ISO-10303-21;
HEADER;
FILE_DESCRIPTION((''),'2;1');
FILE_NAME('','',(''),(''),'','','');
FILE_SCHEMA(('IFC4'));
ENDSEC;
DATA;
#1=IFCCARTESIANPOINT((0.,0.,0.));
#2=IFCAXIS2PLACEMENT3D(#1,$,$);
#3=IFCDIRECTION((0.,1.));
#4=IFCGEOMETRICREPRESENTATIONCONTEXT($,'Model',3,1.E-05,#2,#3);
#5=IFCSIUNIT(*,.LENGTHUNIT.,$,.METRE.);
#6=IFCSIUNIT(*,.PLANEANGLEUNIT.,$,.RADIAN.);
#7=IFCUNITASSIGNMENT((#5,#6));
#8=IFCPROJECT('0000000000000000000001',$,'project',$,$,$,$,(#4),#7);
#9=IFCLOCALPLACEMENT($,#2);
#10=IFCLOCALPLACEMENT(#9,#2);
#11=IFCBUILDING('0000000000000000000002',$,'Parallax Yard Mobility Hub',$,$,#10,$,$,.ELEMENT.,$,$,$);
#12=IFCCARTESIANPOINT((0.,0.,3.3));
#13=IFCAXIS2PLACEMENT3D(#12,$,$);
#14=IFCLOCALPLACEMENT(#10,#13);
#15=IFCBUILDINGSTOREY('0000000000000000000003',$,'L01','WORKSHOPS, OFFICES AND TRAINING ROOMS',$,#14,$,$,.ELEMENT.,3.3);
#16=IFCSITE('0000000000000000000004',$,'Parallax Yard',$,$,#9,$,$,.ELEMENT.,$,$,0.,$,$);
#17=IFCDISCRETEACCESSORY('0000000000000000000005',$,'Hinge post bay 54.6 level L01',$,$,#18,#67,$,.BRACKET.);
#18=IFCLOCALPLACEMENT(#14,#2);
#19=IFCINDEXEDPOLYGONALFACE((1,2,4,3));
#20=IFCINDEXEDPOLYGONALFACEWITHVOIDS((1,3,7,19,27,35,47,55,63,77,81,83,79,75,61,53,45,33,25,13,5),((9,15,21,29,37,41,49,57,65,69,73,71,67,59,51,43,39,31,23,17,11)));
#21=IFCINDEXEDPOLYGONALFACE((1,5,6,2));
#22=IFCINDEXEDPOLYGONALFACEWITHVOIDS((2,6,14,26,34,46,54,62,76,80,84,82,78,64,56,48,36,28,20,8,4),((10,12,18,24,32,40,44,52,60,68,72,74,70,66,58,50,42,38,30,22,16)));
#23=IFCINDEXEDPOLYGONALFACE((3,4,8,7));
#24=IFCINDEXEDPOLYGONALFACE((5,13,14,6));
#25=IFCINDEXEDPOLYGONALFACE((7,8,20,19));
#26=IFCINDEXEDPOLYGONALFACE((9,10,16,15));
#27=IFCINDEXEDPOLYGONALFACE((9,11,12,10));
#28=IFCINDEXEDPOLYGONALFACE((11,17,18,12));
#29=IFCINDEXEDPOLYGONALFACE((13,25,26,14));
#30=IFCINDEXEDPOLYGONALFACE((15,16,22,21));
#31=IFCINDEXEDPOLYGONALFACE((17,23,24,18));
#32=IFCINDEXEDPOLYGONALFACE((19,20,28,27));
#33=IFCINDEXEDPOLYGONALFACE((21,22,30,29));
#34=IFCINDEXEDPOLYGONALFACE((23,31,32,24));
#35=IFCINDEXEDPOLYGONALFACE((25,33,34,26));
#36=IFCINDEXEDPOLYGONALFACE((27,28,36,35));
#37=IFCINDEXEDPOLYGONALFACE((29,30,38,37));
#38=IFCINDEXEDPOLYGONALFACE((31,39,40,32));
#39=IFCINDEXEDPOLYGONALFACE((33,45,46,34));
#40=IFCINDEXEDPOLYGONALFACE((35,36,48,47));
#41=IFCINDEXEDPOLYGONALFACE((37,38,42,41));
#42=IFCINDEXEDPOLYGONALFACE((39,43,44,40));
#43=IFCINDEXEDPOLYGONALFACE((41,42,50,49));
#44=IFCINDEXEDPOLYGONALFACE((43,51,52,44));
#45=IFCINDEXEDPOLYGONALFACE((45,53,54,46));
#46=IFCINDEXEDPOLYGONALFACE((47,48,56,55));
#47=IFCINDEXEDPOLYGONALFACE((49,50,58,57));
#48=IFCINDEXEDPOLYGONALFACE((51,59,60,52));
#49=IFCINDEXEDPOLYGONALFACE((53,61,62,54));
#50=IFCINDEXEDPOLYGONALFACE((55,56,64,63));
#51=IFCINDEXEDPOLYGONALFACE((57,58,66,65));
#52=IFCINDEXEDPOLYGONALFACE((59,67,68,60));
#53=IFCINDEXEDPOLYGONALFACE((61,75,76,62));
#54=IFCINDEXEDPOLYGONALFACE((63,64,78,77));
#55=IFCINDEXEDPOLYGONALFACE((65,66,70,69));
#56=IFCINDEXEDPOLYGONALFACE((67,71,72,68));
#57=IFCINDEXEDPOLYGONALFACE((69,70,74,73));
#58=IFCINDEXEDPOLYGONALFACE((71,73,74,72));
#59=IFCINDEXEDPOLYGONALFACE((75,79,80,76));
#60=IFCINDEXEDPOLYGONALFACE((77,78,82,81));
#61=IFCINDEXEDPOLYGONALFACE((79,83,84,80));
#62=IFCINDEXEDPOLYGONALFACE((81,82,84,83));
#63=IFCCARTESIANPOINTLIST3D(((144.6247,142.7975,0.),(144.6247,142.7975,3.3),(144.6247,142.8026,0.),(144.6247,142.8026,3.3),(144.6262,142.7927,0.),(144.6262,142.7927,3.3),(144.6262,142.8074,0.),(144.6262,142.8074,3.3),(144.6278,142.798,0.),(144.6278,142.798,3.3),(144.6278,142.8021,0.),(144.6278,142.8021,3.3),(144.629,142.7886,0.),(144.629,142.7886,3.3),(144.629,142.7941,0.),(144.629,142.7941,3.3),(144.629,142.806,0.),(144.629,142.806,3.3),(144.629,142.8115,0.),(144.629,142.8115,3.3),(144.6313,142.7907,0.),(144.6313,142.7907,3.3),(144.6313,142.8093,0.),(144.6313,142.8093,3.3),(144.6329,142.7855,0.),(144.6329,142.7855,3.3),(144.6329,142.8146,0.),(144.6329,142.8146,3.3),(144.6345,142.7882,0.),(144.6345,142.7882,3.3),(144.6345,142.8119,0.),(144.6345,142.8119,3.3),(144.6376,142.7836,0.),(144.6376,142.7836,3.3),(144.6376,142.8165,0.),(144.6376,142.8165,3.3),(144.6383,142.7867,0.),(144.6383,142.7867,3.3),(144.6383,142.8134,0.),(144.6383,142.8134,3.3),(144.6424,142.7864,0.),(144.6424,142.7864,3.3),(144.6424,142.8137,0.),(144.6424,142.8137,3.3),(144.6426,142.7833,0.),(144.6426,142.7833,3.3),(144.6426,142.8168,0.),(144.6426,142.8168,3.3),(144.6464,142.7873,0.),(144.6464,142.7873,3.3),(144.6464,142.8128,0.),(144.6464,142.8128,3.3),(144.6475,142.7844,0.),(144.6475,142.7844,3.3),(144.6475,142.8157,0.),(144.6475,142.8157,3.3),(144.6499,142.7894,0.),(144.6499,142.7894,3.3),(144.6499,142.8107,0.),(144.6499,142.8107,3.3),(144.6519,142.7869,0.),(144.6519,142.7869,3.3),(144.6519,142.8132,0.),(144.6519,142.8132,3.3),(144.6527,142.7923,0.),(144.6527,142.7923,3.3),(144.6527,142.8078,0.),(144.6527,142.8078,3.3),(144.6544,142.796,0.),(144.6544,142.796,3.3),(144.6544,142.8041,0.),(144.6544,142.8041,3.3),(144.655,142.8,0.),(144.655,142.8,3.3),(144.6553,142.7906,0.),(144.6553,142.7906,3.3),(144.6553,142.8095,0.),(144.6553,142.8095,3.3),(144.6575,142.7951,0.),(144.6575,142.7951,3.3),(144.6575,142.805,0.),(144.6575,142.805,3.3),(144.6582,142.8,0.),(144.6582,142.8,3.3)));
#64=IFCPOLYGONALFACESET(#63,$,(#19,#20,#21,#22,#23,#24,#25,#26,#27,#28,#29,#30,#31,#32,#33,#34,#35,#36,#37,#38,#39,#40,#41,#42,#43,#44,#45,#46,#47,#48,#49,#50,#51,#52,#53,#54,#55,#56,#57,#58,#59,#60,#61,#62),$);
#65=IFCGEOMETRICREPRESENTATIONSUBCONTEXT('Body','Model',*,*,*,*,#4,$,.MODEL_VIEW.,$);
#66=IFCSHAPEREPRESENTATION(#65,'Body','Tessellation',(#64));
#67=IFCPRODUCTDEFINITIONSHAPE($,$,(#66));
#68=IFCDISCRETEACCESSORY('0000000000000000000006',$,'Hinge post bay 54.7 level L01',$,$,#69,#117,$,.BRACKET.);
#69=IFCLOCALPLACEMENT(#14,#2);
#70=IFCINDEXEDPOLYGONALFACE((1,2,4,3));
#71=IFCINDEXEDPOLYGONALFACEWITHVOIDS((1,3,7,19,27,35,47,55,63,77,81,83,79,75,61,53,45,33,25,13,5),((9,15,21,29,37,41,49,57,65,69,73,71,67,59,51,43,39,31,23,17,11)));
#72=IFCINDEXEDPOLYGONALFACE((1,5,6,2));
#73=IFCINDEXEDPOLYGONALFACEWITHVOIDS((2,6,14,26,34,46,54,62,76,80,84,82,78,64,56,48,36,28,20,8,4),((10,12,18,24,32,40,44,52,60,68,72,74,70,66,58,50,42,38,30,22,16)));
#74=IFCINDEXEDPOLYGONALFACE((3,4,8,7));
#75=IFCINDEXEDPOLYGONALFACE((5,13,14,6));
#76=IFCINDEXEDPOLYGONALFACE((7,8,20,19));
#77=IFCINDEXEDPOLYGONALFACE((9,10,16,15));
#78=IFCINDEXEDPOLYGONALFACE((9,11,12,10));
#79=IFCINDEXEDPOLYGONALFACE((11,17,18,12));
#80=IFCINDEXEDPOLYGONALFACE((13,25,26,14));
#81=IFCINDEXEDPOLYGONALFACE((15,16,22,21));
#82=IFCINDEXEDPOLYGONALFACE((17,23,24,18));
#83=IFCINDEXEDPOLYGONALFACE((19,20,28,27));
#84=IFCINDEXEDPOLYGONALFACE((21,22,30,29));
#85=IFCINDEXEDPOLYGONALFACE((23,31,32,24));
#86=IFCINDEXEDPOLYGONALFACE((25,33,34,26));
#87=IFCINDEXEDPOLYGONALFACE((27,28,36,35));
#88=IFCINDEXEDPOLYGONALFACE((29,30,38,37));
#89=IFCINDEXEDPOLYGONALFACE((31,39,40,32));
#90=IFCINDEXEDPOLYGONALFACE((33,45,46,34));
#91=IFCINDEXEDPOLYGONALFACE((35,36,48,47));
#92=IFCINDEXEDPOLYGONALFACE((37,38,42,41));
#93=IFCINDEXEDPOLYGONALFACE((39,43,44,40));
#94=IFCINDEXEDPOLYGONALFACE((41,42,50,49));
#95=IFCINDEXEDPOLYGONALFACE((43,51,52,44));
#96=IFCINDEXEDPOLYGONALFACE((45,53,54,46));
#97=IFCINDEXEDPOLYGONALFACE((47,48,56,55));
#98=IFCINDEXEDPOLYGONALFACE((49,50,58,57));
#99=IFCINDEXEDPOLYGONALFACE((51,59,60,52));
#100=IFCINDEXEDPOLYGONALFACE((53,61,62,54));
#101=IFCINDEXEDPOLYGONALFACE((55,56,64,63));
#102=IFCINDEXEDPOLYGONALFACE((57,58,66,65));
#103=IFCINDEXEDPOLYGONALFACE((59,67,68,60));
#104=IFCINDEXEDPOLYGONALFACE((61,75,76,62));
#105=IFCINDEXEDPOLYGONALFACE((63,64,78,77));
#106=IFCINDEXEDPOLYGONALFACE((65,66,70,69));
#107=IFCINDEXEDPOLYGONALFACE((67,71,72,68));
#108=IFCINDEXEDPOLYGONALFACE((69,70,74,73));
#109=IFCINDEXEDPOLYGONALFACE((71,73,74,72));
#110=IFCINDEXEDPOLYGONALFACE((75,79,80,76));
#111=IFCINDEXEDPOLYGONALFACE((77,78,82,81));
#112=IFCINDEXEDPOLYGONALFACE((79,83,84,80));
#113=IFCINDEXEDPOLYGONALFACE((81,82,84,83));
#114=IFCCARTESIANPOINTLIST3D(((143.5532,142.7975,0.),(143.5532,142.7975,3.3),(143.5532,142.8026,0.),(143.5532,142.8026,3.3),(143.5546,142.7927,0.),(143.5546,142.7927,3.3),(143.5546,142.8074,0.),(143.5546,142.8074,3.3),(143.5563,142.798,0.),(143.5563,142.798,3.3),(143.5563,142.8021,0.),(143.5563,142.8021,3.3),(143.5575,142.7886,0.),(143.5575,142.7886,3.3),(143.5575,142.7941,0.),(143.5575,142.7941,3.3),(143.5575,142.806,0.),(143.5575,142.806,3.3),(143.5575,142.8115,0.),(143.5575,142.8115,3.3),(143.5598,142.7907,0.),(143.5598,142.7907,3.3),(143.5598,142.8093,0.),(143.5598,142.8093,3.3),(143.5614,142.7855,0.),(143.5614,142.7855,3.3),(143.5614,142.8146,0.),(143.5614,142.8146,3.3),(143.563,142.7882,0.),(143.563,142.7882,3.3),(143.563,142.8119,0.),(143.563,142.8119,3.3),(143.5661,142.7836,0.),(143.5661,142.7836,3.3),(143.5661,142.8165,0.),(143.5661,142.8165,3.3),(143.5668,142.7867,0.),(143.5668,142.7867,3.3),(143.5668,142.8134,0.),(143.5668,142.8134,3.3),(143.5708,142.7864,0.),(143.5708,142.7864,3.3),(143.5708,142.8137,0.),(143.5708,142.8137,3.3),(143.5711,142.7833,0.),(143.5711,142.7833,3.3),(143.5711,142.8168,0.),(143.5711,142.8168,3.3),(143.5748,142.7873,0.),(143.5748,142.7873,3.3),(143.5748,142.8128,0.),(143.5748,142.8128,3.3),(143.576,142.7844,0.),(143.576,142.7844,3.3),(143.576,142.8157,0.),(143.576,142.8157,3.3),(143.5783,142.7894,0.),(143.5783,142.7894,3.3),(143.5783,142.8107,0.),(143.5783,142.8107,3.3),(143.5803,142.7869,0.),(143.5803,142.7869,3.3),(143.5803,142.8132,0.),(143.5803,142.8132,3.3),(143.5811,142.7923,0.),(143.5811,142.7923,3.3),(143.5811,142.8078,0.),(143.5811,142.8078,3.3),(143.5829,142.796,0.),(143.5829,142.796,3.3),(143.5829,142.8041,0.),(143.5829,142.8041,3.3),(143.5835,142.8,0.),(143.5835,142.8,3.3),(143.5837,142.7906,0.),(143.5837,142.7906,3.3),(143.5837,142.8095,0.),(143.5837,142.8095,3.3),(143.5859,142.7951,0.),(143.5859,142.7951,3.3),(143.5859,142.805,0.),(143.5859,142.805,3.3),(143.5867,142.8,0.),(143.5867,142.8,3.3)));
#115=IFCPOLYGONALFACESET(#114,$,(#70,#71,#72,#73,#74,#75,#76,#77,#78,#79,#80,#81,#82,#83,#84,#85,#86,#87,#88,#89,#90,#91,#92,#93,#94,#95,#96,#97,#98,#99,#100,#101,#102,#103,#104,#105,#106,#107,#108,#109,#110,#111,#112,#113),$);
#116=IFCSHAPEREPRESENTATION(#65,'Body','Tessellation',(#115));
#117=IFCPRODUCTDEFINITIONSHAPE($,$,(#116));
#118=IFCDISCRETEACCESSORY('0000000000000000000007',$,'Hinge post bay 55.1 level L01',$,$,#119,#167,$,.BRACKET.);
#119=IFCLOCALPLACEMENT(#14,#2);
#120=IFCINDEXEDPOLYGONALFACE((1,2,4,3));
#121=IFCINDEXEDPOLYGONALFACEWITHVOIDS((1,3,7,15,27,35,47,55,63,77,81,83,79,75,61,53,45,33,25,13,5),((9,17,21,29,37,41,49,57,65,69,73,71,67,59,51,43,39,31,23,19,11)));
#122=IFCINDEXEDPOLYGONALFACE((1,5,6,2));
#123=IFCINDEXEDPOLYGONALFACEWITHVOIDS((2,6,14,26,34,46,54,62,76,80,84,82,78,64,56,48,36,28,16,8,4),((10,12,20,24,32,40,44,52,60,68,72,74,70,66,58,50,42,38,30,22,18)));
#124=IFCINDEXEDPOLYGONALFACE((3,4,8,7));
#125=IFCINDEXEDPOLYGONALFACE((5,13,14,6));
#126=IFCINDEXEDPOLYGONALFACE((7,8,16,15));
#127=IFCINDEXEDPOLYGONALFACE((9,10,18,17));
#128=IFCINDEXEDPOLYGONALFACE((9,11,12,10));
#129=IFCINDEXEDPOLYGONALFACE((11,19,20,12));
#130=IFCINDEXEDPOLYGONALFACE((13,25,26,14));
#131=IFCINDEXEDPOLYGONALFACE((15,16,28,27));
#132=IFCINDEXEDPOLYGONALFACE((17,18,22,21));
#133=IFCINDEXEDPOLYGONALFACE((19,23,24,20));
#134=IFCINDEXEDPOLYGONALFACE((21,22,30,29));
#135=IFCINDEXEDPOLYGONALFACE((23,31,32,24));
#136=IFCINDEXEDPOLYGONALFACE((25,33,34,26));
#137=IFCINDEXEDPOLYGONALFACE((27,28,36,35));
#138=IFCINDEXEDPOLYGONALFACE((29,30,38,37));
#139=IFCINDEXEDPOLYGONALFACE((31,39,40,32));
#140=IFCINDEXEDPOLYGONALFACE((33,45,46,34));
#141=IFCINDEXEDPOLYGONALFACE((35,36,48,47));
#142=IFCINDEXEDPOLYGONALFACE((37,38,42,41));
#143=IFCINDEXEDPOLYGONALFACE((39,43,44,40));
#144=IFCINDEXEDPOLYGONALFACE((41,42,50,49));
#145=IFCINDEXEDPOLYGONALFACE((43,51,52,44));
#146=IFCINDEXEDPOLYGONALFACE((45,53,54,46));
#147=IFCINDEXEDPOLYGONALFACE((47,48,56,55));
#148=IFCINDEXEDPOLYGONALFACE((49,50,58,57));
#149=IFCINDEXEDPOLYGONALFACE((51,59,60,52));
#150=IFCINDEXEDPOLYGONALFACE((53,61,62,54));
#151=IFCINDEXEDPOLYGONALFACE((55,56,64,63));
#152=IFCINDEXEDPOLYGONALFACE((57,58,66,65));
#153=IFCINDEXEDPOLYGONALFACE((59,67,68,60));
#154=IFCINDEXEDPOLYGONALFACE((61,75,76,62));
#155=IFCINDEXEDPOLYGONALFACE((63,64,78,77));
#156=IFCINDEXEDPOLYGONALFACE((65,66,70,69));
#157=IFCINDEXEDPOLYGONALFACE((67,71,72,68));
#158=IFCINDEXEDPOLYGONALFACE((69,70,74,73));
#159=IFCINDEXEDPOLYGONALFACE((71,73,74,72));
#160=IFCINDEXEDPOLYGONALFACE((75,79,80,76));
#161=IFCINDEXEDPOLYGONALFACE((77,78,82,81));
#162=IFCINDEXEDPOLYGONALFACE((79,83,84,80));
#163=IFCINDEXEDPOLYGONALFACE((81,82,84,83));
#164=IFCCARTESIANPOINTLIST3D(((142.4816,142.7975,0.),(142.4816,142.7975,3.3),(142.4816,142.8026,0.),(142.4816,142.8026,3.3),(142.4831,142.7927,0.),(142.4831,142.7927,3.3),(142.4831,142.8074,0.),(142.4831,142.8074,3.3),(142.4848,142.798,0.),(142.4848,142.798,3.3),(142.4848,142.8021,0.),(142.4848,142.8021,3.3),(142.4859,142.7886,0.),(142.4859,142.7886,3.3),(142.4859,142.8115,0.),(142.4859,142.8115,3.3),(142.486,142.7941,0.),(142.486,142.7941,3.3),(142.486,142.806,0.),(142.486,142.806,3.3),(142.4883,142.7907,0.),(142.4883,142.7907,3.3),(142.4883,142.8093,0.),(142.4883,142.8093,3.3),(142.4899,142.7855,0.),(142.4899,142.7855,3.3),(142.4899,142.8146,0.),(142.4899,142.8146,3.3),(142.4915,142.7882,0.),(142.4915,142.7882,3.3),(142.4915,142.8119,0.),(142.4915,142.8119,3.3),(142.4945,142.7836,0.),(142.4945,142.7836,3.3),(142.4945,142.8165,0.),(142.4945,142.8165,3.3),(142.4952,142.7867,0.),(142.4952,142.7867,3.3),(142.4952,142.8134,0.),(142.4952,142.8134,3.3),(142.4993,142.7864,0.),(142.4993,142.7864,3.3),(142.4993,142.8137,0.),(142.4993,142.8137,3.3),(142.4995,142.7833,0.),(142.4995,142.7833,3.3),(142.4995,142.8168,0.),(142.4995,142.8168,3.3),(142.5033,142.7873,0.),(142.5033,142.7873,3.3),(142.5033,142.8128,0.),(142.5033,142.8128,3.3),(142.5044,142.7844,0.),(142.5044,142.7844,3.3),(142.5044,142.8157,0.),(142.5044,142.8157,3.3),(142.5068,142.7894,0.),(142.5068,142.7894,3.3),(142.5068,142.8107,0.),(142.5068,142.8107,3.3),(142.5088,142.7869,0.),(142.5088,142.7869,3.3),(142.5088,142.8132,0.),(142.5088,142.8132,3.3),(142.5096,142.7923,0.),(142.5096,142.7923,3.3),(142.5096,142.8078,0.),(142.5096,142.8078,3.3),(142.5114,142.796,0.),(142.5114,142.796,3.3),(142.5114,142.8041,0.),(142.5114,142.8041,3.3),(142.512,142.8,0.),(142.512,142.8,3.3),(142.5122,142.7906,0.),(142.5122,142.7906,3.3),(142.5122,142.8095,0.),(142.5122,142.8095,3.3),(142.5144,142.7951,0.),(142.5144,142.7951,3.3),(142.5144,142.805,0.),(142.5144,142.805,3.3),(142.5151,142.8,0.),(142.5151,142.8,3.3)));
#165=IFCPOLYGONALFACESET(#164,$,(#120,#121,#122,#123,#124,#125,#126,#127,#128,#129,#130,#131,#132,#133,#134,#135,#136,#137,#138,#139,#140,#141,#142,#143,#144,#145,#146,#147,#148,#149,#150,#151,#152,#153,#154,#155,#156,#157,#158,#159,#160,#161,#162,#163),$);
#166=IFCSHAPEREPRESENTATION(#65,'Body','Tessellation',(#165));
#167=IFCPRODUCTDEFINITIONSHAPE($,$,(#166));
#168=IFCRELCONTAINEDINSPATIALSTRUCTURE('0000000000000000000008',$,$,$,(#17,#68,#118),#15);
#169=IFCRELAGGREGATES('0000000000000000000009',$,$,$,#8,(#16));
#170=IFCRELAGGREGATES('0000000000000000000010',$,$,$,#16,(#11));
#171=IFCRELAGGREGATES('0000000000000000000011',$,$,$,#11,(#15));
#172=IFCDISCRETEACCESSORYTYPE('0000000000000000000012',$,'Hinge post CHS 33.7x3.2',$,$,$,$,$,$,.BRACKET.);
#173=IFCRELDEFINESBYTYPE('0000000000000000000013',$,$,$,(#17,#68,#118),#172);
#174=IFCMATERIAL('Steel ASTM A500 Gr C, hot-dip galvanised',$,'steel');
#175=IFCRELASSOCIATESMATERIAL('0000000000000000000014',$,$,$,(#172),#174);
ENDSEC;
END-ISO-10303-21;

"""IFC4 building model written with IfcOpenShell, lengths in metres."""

from ifc_helpers import new_model, si_unit, direction, frame, origin, origin_2d, place, context, subcontext, project, spatial, hollow_circle, extrude, material, material_profile, profile_set, type_object, element, save


model = new_model("IFC4")

# Units and contexts
model_context = context("Model", 3, precision=1e-05, world=origin(), true_north=direction((0.0, 1.0)))
body_context = subcontext(model_context, "Body", "Model", "MODEL_VIEW")
ifc_project = project(units=[si_unit("LENGTHUNIT", "METRE"), si_unit("PLANEANGLEUNIT", "RADIAN")], contexts=[model_context])

# Site, building, storey
site_placement = place(None, origin())
site = spatial("IfcSite", under=ifc_project, at=site_placement, Name="Parallax Yard", CompositionType="ELEMENT", RefElevation=0.0)
building_placement = place(site_placement, origin())
building = spatial("IfcBuilding", under=site, at=building_placement, Name="Parallax Yard Mobility Hub", CompositionType="ELEMENT")
storey_placement = place(building_placement, frame((0.0, 0.0, 3.3)))
storey = spatial("IfcBuildingStorey", under=building, at=storey_placement, Name="L01", Description="WORKSHOPS, OFFICES AND TRAINING ROOMS", CompositionType="ELEMENT", Elevation=3.3)

# Discrete accessories
ifc_material_1 = material(Name="Steel ASTM A500 Gr C, hot-dip galvanised", Category="steel")
ifc_material_profile_1 = material_profile(ifc_material_1, hollow_circle(Radius=0.0168, WallThickness=0.0032, at=origin_2d()), Name="CHS 33.7x3.2")
ifc_profile_set_1 = profile_set([ifc_material_profile_1], Name="Steel ASTM A500 Gr C, hot-dip galvanised")
discrete_accessory_type_1 = type_object("IfcDiscreteAccessoryType", Name="Hinge post CHS 33.7x3.2", PredefinedType="BRACKET", material=ifc_profile_set_1)
for number, where, z_axis, x_axis, name in (
    (1, (144.6414, 142.8, 0.0), (0.0, 0.0, 1.0), (1.0, 0.0, 0.0), "Hinge post bay 54.6 level L01"),
    (2, (143.5698, 142.8, 0.0), (0.0, 0.0, 1.0), (1.0, 0.0, 0.0), "Hinge post bay 54.7 level L01"),
    (3, (142.4983, 142.8, 0.0), (0.0, 0.0, 1.0), (1.0, 0.0, 0.0), "Hinge post bay 55.1 level L01"),
):
    element("IfcDiscreteAccessory", number, at=place(storey_placement, frame(where, z_axis=z_axis, x_axis=x_axis)), inside=storey, type_object=discrete_accessory_type_1, Name=name, PredefinedType="BRACKET", context=body_context, shape_type="SweptSolid", body=[
        extrude(hollow_circle(Radius=0.0168, WallThickness=0.0032, at=origin_2d()), origin(), (0.0, 0.0, 1.0), 3.3),
    ])

save(model, "model.ifc")
